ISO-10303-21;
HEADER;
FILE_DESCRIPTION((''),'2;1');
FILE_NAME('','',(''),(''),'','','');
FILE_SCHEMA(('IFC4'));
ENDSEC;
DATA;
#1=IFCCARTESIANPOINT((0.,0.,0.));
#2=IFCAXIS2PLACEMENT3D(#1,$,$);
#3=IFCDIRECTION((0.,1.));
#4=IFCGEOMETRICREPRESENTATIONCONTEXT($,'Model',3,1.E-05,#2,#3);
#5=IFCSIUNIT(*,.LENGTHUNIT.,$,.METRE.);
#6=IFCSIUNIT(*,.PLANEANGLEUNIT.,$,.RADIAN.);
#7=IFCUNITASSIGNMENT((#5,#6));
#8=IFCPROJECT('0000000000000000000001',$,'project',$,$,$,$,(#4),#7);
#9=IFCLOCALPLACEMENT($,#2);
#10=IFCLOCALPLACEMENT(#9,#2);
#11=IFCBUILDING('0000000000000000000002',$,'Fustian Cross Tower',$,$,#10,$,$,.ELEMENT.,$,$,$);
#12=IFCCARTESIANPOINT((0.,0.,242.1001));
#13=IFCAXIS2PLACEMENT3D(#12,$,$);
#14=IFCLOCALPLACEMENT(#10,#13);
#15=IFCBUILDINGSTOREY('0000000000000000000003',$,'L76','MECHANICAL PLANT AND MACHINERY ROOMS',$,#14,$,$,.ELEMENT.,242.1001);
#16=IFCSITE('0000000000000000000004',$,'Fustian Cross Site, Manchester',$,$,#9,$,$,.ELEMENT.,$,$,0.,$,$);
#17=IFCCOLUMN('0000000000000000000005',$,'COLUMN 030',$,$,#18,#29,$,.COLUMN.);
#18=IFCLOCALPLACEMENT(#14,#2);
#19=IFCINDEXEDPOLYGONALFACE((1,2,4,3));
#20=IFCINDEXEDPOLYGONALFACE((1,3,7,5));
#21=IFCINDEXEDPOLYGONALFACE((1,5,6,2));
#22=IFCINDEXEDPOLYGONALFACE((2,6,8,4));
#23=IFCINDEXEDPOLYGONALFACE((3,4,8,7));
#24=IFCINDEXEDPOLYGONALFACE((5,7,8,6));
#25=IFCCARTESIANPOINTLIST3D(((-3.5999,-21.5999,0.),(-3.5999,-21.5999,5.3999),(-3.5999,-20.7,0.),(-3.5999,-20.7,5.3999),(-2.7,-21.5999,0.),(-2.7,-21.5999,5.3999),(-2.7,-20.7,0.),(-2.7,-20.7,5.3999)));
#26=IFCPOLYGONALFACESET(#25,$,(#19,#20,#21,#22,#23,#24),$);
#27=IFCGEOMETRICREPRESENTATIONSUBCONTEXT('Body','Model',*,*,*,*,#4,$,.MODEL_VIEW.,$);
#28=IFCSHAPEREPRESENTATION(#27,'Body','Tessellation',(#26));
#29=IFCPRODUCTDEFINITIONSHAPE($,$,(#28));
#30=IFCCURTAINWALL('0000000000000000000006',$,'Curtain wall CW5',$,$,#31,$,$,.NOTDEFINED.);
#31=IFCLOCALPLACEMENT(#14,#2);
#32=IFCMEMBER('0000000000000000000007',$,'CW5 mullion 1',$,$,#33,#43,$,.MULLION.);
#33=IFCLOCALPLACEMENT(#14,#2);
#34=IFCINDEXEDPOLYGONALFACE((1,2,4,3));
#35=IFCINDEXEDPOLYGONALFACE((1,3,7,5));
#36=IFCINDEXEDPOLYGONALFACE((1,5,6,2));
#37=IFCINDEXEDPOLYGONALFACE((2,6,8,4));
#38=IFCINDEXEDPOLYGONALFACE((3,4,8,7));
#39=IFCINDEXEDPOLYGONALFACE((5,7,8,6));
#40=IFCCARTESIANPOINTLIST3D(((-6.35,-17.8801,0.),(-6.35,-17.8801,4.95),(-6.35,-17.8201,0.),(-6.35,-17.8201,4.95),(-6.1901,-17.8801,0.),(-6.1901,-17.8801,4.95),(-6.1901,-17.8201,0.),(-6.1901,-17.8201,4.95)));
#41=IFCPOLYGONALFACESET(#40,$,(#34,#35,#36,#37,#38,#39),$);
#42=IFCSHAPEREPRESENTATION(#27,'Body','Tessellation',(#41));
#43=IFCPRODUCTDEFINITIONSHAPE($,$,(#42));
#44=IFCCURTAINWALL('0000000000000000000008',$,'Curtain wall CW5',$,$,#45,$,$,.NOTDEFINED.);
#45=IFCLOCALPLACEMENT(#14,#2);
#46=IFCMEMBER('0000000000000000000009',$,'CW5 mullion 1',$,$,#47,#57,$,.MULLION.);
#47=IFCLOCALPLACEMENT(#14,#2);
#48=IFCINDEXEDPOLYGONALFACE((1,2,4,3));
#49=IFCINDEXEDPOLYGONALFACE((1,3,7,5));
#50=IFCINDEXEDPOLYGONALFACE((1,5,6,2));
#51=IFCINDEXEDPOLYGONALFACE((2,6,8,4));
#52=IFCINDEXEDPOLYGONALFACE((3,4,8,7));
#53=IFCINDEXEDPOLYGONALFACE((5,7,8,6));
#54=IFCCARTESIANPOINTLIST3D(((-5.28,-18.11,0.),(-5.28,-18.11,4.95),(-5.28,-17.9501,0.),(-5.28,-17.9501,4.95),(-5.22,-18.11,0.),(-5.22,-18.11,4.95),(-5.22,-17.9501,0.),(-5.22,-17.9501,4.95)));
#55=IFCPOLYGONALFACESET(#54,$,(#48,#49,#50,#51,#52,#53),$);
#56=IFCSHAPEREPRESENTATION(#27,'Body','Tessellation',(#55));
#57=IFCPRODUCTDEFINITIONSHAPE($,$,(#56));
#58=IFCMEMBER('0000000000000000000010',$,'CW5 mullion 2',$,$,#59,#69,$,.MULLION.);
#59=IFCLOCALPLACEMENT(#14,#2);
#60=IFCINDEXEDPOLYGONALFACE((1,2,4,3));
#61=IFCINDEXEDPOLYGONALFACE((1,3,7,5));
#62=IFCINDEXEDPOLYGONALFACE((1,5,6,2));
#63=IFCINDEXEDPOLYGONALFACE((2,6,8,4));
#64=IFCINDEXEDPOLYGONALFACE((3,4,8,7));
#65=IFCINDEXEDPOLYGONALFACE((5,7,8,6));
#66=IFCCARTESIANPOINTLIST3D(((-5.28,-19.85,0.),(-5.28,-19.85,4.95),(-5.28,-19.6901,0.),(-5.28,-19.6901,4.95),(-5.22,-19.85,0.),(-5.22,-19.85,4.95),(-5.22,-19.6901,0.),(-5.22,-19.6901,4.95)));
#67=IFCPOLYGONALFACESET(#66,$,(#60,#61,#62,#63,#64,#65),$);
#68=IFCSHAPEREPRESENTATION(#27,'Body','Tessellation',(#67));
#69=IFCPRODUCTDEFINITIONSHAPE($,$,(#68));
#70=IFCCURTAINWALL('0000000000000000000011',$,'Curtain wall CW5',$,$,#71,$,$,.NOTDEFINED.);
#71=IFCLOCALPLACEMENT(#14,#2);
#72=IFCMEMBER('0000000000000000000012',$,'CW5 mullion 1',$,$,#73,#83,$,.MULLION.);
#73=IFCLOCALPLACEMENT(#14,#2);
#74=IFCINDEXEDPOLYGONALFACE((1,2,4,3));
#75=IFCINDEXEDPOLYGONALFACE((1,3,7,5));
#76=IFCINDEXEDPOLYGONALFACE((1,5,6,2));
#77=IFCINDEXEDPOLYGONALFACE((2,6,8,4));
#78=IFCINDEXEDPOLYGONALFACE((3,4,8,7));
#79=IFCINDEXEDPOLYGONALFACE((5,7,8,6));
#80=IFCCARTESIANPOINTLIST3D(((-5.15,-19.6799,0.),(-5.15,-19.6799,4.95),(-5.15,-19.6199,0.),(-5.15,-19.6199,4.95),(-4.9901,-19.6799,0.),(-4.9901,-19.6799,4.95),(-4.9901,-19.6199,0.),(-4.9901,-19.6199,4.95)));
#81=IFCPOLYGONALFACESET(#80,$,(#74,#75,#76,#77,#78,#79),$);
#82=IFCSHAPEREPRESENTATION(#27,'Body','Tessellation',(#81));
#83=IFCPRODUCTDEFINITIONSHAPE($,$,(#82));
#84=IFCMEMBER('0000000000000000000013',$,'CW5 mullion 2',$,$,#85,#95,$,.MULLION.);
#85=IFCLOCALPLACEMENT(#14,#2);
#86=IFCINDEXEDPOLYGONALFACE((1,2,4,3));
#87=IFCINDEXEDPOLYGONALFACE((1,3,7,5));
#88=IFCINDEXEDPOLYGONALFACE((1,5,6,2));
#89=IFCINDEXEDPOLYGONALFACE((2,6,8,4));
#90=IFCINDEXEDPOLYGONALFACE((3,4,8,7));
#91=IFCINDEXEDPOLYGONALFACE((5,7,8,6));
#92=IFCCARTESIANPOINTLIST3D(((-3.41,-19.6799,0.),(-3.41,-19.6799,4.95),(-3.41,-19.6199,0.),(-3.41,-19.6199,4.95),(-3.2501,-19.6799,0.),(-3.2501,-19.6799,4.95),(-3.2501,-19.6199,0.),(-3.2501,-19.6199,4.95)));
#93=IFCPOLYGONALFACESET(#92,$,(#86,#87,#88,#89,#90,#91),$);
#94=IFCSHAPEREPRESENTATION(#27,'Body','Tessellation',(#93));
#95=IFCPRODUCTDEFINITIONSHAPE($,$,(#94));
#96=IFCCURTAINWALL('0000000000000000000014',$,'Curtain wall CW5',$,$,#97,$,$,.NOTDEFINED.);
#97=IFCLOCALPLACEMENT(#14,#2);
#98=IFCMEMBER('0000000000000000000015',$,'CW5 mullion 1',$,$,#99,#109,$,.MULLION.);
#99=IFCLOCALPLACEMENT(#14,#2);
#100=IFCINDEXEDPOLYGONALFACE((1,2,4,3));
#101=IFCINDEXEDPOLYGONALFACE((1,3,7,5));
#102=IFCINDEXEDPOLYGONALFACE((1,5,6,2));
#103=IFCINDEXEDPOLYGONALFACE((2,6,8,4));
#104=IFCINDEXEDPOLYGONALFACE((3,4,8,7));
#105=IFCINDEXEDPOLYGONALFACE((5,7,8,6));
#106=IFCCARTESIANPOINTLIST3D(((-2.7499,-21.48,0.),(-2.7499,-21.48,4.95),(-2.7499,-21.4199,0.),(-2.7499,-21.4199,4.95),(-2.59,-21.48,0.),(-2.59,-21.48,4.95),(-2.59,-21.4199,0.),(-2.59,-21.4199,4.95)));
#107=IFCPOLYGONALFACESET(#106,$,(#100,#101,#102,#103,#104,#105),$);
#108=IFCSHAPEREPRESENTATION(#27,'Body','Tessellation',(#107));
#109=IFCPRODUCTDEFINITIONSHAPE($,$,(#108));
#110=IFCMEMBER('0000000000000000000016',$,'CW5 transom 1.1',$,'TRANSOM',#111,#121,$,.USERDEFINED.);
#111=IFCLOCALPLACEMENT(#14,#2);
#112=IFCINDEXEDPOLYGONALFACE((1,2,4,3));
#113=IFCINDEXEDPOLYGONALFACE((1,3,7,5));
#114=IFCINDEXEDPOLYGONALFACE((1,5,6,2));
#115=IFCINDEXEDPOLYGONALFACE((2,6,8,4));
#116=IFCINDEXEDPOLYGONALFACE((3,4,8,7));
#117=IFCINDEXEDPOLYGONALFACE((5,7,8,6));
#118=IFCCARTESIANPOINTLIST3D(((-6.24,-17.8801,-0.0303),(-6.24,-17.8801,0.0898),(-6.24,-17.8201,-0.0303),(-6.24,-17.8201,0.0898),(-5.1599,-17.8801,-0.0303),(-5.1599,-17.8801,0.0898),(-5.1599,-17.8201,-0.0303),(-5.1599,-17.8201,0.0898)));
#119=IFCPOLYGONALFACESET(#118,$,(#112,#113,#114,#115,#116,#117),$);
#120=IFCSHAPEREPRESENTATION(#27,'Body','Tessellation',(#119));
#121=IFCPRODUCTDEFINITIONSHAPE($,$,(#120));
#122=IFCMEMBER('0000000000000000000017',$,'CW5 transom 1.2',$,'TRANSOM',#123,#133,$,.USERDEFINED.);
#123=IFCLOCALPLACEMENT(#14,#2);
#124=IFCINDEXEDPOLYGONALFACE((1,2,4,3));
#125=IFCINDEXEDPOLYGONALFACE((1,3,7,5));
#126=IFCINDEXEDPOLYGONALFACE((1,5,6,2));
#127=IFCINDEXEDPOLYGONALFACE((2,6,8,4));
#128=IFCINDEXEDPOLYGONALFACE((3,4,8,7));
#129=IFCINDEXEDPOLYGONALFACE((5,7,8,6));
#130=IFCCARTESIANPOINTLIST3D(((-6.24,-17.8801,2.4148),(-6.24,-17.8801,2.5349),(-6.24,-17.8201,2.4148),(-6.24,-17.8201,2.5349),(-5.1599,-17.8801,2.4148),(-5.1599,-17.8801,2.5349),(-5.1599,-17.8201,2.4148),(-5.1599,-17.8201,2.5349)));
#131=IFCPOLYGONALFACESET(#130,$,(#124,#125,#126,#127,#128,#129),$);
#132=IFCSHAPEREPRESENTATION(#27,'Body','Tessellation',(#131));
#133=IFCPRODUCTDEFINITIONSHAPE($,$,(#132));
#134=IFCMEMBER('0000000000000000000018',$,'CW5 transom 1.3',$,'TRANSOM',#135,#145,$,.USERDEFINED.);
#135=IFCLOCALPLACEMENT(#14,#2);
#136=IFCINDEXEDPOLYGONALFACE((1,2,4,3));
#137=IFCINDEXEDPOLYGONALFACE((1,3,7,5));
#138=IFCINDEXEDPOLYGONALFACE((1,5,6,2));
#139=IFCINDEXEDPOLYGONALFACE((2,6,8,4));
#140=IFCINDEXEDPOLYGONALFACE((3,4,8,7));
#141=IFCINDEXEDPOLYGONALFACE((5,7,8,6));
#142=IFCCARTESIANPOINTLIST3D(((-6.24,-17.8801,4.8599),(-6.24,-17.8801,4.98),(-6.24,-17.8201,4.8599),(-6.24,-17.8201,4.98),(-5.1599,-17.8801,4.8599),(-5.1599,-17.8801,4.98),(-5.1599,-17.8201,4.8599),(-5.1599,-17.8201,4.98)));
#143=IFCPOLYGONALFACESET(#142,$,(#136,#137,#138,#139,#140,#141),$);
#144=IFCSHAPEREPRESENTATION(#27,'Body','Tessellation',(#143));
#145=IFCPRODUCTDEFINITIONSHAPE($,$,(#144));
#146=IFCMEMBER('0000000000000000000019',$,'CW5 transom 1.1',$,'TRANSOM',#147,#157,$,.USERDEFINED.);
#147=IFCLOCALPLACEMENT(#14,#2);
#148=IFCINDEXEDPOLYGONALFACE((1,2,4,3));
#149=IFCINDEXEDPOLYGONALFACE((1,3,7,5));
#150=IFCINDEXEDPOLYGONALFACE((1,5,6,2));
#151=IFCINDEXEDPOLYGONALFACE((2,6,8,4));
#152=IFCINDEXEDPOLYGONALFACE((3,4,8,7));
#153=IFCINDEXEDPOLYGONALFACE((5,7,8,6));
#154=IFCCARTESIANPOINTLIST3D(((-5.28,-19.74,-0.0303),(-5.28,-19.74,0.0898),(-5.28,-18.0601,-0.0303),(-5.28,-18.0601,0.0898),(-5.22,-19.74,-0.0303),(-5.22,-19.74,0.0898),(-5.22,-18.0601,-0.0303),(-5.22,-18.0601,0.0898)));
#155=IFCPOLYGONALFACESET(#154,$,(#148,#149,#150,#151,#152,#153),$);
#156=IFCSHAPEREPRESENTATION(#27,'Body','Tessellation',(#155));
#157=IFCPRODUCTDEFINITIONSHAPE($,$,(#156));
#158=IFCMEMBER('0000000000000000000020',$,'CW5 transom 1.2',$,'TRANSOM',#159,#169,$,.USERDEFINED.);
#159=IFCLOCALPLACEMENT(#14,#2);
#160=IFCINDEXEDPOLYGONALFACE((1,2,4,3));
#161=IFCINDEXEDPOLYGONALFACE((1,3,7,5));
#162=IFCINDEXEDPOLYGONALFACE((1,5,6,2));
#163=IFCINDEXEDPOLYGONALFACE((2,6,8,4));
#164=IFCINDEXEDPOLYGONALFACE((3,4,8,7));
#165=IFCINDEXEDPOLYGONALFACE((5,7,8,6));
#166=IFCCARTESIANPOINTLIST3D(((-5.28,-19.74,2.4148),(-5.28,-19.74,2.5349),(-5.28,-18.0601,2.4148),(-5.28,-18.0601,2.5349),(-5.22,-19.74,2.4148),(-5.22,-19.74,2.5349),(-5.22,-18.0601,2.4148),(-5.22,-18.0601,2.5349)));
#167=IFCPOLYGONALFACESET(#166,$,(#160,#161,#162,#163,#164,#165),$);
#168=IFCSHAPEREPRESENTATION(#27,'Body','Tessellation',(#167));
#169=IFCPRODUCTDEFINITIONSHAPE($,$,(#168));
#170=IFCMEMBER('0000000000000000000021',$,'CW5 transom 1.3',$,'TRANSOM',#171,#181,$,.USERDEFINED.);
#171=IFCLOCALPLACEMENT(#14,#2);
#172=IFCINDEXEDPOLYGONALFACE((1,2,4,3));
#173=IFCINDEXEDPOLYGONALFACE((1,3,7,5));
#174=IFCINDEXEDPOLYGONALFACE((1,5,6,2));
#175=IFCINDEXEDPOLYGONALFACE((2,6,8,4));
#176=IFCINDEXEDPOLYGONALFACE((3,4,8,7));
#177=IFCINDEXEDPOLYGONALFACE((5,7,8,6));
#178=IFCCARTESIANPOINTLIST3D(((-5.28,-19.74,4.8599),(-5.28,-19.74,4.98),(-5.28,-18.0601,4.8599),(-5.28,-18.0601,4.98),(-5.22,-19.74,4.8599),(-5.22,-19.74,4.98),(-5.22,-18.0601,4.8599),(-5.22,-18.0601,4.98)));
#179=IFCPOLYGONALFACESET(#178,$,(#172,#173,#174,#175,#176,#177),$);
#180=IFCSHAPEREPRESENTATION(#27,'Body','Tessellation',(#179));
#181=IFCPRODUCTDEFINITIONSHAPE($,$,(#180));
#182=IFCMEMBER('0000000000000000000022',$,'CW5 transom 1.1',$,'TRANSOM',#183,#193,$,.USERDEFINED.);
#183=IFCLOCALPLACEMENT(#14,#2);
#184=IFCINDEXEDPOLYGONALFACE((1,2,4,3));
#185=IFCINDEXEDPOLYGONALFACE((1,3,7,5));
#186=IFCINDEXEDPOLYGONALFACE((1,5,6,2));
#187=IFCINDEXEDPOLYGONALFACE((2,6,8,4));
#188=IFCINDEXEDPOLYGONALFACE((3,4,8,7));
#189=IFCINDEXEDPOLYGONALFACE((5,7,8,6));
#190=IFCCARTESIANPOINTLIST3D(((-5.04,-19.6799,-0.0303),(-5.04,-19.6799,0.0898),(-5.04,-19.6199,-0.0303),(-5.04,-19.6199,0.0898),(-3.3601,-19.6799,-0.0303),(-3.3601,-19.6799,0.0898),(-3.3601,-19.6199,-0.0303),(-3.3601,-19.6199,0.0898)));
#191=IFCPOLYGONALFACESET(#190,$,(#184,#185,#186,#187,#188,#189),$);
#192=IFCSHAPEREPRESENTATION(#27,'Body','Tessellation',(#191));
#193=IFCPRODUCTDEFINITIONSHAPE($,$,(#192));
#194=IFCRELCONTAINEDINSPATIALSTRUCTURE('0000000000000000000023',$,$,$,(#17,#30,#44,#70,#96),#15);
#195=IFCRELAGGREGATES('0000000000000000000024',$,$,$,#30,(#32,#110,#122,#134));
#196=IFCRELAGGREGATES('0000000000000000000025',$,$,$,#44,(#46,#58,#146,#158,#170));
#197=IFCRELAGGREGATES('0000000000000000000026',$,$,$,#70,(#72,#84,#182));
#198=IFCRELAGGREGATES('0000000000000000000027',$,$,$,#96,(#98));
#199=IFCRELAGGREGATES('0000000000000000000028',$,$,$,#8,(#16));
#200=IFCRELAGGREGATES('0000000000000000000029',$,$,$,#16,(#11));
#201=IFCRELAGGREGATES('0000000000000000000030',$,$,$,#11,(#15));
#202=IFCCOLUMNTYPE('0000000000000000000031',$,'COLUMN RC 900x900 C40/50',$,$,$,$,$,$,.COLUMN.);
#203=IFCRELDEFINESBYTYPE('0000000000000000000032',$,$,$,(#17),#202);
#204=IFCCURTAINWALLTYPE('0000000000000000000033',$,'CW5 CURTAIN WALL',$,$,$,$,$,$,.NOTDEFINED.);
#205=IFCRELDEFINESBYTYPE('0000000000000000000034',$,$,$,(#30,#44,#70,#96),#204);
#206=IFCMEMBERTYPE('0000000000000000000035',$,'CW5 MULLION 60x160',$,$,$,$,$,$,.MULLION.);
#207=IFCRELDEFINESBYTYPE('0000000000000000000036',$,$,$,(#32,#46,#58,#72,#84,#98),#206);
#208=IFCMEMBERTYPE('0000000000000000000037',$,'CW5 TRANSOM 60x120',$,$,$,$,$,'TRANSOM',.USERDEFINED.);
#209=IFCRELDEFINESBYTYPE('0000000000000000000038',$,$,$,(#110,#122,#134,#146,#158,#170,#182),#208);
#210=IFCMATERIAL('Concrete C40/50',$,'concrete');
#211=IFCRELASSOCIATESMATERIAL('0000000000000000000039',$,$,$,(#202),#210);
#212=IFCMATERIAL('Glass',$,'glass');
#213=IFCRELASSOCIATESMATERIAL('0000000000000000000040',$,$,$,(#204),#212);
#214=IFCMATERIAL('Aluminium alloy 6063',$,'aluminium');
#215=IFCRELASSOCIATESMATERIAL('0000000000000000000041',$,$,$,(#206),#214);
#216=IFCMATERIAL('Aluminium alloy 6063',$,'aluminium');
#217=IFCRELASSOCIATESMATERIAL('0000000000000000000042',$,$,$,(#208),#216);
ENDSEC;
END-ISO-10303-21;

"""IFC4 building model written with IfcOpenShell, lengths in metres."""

from ifc_helpers import new_model, si_unit, direction, frame, origin, origin_2d, place, context, subcontext, project, spatial, rectangle, extrude, material, material_profile, profile_set, type_object, element, aggregate, save


model = new_model("IFC4")

# Units and contexts
model_context = context("Model", 3, precision=1e-05, world=origin(), true_north=direction((0.0, 1.0)))
body_context = subcontext(model_context, "Body", "Model", "MODEL_VIEW")
ifc_project = project(units=[si_unit("LENGTHUNIT", "METRE"), si_unit("PLANEANGLEUNIT", "RADIAN")], contexts=[model_context])

# Site, building, storey
site_placement = place(None, origin())
site = spatial("IfcSite", under=ifc_project, at=site_placement, Name="Fustian Cross Site, Manchester", CompositionType="ELEMENT", RefElevation=0.0)
building_placement = place(site_placement, origin())
building = spatial("IfcBuilding", under=site, at=building_placement, Name="Fustian Cross Tower", CompositionType="ELEMENT")
storey_placement = place(building_placement, frame((0.0, 0.0, 242.1001)))
storey = spatial("IfcBuildingStorey", under=building, at=storey_placement, Name="L76", Description="MECHANICAL PLANT AND MACHINERY ROOMS", CompositionType="ELEMENT", Elevation=242.1001)

# Column
ifc_material_1 = material(Name="Concrete C40/50", Category="concrete")
ifc_material_profile_1 = material_profile(ifc_material_1, rectangle(XDim=0.8999, YDim=0.8999, at=origin_2d()), Name="RC 900x900")
ifc_profile_set_1 = profile_set([ifc_material_profile_1], Name="Concrete C40/50")
column_type = type_object("IfcColumnType", Name="COLUMN RC 900x900 C40/50", PredefinedType="COLUMN", material=ifc_profile_set_1)
column_placement = place(storey_placement, frame((-3.1499, -21.1499, 0.0), z_axis=(0.0, 0.0, 1.0), x_axis=(1.0, 0.0, 0.0)))
element("IfcColumn", 1, at=column_placement, inside=storey, type_object=column_type, Name="COLUMN 030", PredefinedType="COLUMN", context=body_context, shape_type="SweptSolid", body=[
    extrude(rectangle(XDim=0.8999, YDim=0.8999, at=origin_2d()), origin(), (0.0, 0.0, 1.0), 5.3999),
])

# Curtain wall, member
ifc_material_2 = material(Name="Glass", Category="glass")
curtain_wall_type = type_object("IfcCurtainWallType", Name="CW5 CURTAIN WALL", PredefinedType="NOTDEFINED", material=ifc_material_2)
curtain_wall_1_placement = place(storey_placement, origin())
curtain_wall_1 = element("IfcCurtainWall", 2, at=curtain_wall_1_placement, inside=storey, type_object=curtain_wall_type, Name="Curtain wall CW5", PredefinedType="NOTDEFINED")
ifc_material_3 = material(Name="Aluminium alloy 6063", Category="aluminium")
ifc_material_profile_2 = material_profile(ifc_material_3, rectangle(XDim=0.0601, YDim=0.1599, at=origin_2d()), Name="CW5 MULLION 60x160")
ifc_profile_set_2 = profile_set([ifc_material_profile_2], Name="Aluminium alloy 6063")
member_type_1 = type_object("IfcMemberType", Name="CW5 MULLION 60x160", PredefinedType="MULLION", material=ifc_profile_set_2)
member_1_placement = place(storey_placement, frame((-6.27, -17.8501, 0.0), z_axis=(0.0, 0.0, 1.0), x_axis=(0.0, 1.0, 0.0)))
member_1 = element("IfcMember", 3, at=member_1_placement, type_object=member_type_1, Name="CW5 mullion 1", PredefinedType="MULLION", context=body_context, shape_type="SweptSolid", body=[
    extrude(rectangle(XDim=0.0601, YDim=0.1599, at=origin_2d()), origin(), (0.0, 0.0, 1.0), 4.95),
])

# Curtain walls, members
curtain_wall_2_placement = place(storey_placement, origin())
curtain_wall_2 = element("IfcCurtainWall", 4, at=curtain_wall_2_placement, inside=storey, type_object=curtain_wall_type, Name="Curtain wall CW5", PredefinedType="NOTDEFINED")
member_2_placement = place(storey_placement, frame((-5.25, -18.03, 0.0), z_axis=(0.0, 0.0, 1.0), x_axis=(1.0, 0.0, 0.0)))
member_2 = element("IfcMember", 5, at=member_2_placement, type_object=member_type_1, Name="CW5 mullion 1", PredefinedType="MULLION", context=body_context, shape_type="SweptSolid", body=[
    extrude(rectangle(XDim=0.0601, YDim=0.1599, at=origin_2d()), origin(), (0.0, 0.0, 1.0), 4.95),
])
member_3_placement = place(storey_placement, frame((-5.25, -19.77, 0.0), z_axis=(0.0, 0.0, 1.0), x_axis=(1.0, 0.0, 0.0)))
member_3 = element("IfcMember", 6, at=member_3_placement, type_object=member_type_1, Name="CW5 mullion 2", PredefinedType="MULLION", context=body_context, shape_type="SweptSolid", body=[
    extrude(rectangle(XDim=0.0601, YDim=0.1599, at=origin_2d()), origin(), (0.0, 0.0, 1.0), 4.95),
])
curtain_wall_3_placement = place(storey_placement, origin())
curtain_wall_3 = element("IfcCurtainWall", 7, at=curtain_wall_3_placement, inside=storey, type_object=curtain_wall_type, Name="Curtain wall CW5", PredefinedType="NOTDEFINED")
member_4_placement = place(storey_placement, frame((-5.0701, -19.6499, 0.0), z_axis=(0.0, 0.0, 1.0), x_axis=(0.0, 1.0, 0.0)))
member_4 = element("IfcMember", 8, at=member_4_placement, type_object=member_type_1, Name="CW5 mullion 1", PredefinedType="MULLION", context=body_context, shape_type="SweptSolid", body=[
    extrude(rectangle(XDim=0.0601, YDim=0.1599, at=origin_2d()), origin(), (0.0, 0.0, 1.0), 4.95),
])
member_5_placement = place(storey_placement, frame((-3.3301, -19.6499, 0.0), z_axis=(0.0, 0.0, 1.0), x_axis=(0.0, 1.0, 0.0)))
member_5 = element("IfcMember", 9, at=member_5_placement, type_object=member_type_1, Name="CW5 mullion 2", PredefinedType="MULLION", context=body_context, shape_type="SweptSolid", body=[
    extrude(rectangle(XDim=0.0601, YDim=0.1599, at=origin_2d()), origin(), (0.0, 0.0, 1.0), 4.95),
])

# Curtain wall, member
curtain_wall_4_placement = place(storey_placement, origin())
curtain_wall_4 = element("IfcCurtainWall", 10, at=curtain_wall_4_placement, inside=storey, type_object=curtain_wall_type, Name="Curtain wall CW5", PredefinedType="NOTDEFINED")
member_6_placement = place(storey_placement, frame((-2.6699, -21.45, 0.0), z_axis=(0.0, 0.0, 1.0), x_axis=(0.0, 1.0, 0.0)))
member_6 = element("IfcMember", 11, at=member_6_placement, type_object=member_type_1, Name="CW5 mullion 1", PredefinedType="MULLION", context=body_context, shape_type="SweptSolid", body=[
    extrude(rectangle(XDim=0.0601, YDim=0.1599, at=origin_2d()), origin(), (0.0, 0.0, 1.0), 4.95),
])

# Members
ifc_material_4 = material(Name="Aluminium alloy 6063", Category="aluminium")
ifc_material_profile_3 = material_profile(ifc_material_4, rectangle(XDim=0.0601, YDim=0.1201, at=origin_2d()), Name="CW5 TRANSOM 60x120")
ifc_profile_set_3 = profile_set([ifc_material_profile_3], Name="Aluminium alloy 6063")
member_type_2 = type_object("IfcMemberType", Name="CW5 TRANSOM 60x120", ElementType="TRANSOM", PredefinedType="USERDEFINED", material=ifc_profile_set_3)
member_7_placement = place(storey_placement, frame((-6.24, -17.8501, 0.0298), z_axis=(1.0, 0.0, 0.0), x_axis=(0.0, 1.0, 0.0)))
member_7 = element("IfcMember", 12, at=member_7_placement, type_object=member_type_2, Name="CW5 transom 1.1", ObjectType="TRANSOM", PredefinedType="USERDEFINED", context=body_context, shape_type="SweptSolid", body=[
    extrude(rectangle(XDim=0.0601, YDim=0.1201, at=origin_2d()), origin(), (0.0, 0.0, 1.0), 1.0801),
])
member_8_placement = place(storey_placement, frame((-6.24, -17.8501, 2.4749), z_axis=(1.0, 0.0, 0.0), x_axis=(0.0, 1.0, 0.0)))
member_8 = element("IfcMember", 13, at=member_8_placement, type_object=member_type_2, Name="CW5 transom 1.2", ObjectType="TRANSOM", PredefinedType="USERDEFINED", context=body_context, shape_type="SweptSolid", body=[
    extrude(rectangle(XDim=0.0601, YDim=0.1201, at=origin_2d()), origin(), (0.0, 0.0, 1.0), 1.0801),
])
member_9_placement = place(storey_placement, frame((-6.24, -17.8501, 4.9199), z_axis=(1.0, 0.0, 0.0), x_axis=(0.0, 1.0, 0.0)))
member_9 = element("IfcMember", 14, at=member_9_placement, type_object=member_type_2, Name="CW5 transom 1.3", ObjectType="TRANSOM", PredefinedType="USERDEFINED", context=body_context, shape_type="SweptSolid", body=[
    extrude(rectangle(XDim=0.0601, YDim=0.1201, at=origin_2d()), origin(), (0.0, 0.0, 1.0), 1.0801),
])
member_10_placement = place(storey_placement, frame((-5.25, -18.0601, 0.0298), z_axis=(0.0, -1.0, 0.0), x_axis=(1.0, 0.0, 0.0)))
member_10 = element("IfcMember", 15, at=member_10_placement, type_object=member_type_2, Name="CW5 transom 1.1", ObjectType="TRANSOM", PredefinedType="USERDEFINED", context=body_context, shape_type="SweptSolid", body=[
    extrude(rectangle(XDim=0.0601, YDim=0.1201, at=origin_2d()), origin(), (0.0, 0.0, 1.0), 1.6799),
])
member_11_placement = place(storey_placement, frame((-5.25, -18.0601, 2.4749), z_axis=(0.0, -1.0, 0.0), x_axis=(1.0, 0.0, 0.0)))
member_11 = element("IfcMember", 16, at=member_11_placement, type_object=member_type_2, Name="CW5 transom 1.2", ObjectType="TRANSOM", PredefinedType="USERDEFINED", context=body_context, shape_type="SweptSolid", body=[
    extrude(rectangle(XDim=0.0601, YDim=0.1201, at=origin_2d()), origin(), (0.0, 0.0, 1.0), 1.6799),
])
member_12_placement = place(storey_placement, frame((-5.25, -18.0601, 4.9199), z_axis=(0.0, -1.0, 0.0), x_axis=(1.0, 0.0, 0.0)))
member_12 = element("IfcMember", 17, at=member_12_placement, type_object=member_type_2, Name="CW5 transom 1.3", ObjectType="TRANSOM", PredefinedType="USERDEFINED", context=body_context, shape_type="SweptSolid", body=[
    extrude(rectangle(XDim=0.0601, YDim=0.1201, at=origin_2d()), origin(), (0.0, 0.0, 1.0), 1.6799),
])
member_13_placement = place(storey_placement, frame((-5.04, -19.6499, 0.0298), z_axis=(1.0, 0.0, 0.0), x_axis=(0.0, 1.0, 0.0)))
member_13 = element("IfcMember", 18, at=member_13_placement, type_object=member_type_2, Name="CW5 transom 1.1", ObjectType="TRANSOM", PredefinedType="USERDEFINED", context=body_context, shape_type="SweptSolid", body=[
    extrude(rectangle(XDim=0.0601, YDim=0.1201, at=origin_2d()), origin(), (0.0, 0.0, 1.0), 1.6799),
])

aggregate(curtain_wall_1, [member_1, member_7, member_8, member_9])
aggregate(curtain_wall_2, [member_2, member_3, member_10, member_11, member_12])
aggregate(curtain_wall_3, [member_4, member_5, member_13])
aggregate(curtain_wall_4, [member_6])

save(model, "model.ifc")
